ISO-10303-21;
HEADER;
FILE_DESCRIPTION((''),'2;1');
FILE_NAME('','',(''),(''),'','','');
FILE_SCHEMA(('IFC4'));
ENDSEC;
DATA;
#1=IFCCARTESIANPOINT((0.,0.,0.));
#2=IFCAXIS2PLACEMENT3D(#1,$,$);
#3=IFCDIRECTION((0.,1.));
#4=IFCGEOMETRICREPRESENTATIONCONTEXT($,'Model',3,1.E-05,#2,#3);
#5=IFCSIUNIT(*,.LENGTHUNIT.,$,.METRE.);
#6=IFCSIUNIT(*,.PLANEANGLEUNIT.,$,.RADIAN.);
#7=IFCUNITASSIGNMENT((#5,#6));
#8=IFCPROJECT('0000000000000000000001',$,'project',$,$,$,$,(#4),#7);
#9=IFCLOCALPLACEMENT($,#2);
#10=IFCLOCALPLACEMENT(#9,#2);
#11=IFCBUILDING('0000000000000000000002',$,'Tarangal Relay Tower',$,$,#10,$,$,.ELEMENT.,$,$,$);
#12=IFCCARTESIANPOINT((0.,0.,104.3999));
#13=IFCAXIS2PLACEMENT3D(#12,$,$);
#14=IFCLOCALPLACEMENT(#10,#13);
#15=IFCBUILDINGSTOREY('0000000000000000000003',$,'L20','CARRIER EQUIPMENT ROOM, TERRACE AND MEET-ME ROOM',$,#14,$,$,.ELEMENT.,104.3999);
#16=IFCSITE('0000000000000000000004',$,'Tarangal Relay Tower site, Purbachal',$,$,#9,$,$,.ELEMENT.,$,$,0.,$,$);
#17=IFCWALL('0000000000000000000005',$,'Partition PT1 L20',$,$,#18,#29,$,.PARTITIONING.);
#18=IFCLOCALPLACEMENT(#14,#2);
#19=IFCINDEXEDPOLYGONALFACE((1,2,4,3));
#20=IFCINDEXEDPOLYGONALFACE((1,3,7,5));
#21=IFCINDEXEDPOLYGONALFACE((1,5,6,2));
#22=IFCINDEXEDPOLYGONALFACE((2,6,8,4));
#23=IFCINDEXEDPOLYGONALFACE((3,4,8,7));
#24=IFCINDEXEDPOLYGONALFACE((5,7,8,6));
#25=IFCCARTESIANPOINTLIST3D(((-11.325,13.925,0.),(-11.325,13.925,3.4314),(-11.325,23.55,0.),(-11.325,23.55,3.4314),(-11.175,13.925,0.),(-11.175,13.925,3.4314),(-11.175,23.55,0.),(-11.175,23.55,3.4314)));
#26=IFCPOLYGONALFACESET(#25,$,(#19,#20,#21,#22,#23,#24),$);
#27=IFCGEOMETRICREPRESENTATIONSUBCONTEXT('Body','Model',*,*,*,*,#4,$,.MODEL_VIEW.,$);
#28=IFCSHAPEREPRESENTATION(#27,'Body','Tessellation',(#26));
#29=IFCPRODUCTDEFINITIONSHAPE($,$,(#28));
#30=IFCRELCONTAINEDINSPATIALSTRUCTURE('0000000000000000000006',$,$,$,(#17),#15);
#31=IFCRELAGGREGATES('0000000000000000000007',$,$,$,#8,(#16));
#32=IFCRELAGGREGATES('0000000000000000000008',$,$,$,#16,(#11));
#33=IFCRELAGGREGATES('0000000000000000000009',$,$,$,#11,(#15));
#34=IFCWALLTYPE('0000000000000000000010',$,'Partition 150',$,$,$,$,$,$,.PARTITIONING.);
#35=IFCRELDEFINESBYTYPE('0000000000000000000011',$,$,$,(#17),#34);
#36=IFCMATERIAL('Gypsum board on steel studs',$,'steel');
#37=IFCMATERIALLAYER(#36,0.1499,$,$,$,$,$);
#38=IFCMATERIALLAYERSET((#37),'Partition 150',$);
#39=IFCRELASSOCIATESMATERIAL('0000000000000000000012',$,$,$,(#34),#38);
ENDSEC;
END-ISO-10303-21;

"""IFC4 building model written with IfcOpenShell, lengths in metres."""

from ifc_helpers import new_model, si_unit, direction, frame, frame_2d, origin, place, context, subcontext, project, spatial, rectangle, extrude, material, layer, layer_set, type_object, element, save


model = new_model("IFC4")

# Units and contexts
model_context = context("Model", 3, precision=1e-05, world=origin(), true_north=direction((0.0, 1.0)))
body_context = subcontext(model_context, "Body", "Model", "MODEL_VIEW")
ifc_project = project(units=[si_unit("LENGTHUNIT", "METRE"), si_unit("PLANEANGLEUNIT", "RADIAN")], contexts=[model_context])

# Site, building, storey
site_placement = place(None, origin())
site = spatial("IfcSite", under=ifc_project, at=site_placement, Name="Tarangal Relay Tower site, Purbachal", CompositionType="ELEMENT", RefElevation=0.0)
building_placement = place(site_placement, origin())
building = spatial("IfcBuilding", under=site, at=building_placement, Name="Tarangal Relay Tower", CompositionType="ELEMENT")
storey_placement = place(building_placement, frame((0.0, 0.0, 104.3999)))
storey = spatial("IfcBuildingStorey", under=building, at=storey_placement, Name="L20", Description="CARRIER EQUIPMENT ROOM, TERRACE AND MEET-ME ROOM", CompositionType="ELEMENT", Elevation=104.3999)

# Shared definitions
ifc_material_1 = material(Name="Gypsum board on steel studs", Category="steel")
ifc_layer_1 = layer(ifc_material_1, 0.1499)
ifc_layer_set_1 = layer_set([ifc_layer_1], Name="Partition 150")
wall_type_1 = type_object("IfcWallType", Name="Partition 150", PredefinedType="PARTITIONING", material=ifc_layer_set_1)

# Wall
wall_1_placement = place(storey_placement, frame((-11.25, 13.925, 0.0), z_axis=(0.0, 0.0, 1.0), x_axis=(0.0, 1.0, 0.0)))
element("IfcWall", 1, at=wall_1_placement, inside=storey, type_object=wall_type_1, Name="Partition PT1 L20", PredefinedType="PARTITIONING", context=body_context, shape_type="SweptSolid", body=[
    extrude(rectangle(XDim=9.625, YDim=0.1499, at=frame_2d((4.8125, 0.0))), origin(), (0.0, 0.0, 1.0), 3.4314),
])

save(model, "model.ifc")
